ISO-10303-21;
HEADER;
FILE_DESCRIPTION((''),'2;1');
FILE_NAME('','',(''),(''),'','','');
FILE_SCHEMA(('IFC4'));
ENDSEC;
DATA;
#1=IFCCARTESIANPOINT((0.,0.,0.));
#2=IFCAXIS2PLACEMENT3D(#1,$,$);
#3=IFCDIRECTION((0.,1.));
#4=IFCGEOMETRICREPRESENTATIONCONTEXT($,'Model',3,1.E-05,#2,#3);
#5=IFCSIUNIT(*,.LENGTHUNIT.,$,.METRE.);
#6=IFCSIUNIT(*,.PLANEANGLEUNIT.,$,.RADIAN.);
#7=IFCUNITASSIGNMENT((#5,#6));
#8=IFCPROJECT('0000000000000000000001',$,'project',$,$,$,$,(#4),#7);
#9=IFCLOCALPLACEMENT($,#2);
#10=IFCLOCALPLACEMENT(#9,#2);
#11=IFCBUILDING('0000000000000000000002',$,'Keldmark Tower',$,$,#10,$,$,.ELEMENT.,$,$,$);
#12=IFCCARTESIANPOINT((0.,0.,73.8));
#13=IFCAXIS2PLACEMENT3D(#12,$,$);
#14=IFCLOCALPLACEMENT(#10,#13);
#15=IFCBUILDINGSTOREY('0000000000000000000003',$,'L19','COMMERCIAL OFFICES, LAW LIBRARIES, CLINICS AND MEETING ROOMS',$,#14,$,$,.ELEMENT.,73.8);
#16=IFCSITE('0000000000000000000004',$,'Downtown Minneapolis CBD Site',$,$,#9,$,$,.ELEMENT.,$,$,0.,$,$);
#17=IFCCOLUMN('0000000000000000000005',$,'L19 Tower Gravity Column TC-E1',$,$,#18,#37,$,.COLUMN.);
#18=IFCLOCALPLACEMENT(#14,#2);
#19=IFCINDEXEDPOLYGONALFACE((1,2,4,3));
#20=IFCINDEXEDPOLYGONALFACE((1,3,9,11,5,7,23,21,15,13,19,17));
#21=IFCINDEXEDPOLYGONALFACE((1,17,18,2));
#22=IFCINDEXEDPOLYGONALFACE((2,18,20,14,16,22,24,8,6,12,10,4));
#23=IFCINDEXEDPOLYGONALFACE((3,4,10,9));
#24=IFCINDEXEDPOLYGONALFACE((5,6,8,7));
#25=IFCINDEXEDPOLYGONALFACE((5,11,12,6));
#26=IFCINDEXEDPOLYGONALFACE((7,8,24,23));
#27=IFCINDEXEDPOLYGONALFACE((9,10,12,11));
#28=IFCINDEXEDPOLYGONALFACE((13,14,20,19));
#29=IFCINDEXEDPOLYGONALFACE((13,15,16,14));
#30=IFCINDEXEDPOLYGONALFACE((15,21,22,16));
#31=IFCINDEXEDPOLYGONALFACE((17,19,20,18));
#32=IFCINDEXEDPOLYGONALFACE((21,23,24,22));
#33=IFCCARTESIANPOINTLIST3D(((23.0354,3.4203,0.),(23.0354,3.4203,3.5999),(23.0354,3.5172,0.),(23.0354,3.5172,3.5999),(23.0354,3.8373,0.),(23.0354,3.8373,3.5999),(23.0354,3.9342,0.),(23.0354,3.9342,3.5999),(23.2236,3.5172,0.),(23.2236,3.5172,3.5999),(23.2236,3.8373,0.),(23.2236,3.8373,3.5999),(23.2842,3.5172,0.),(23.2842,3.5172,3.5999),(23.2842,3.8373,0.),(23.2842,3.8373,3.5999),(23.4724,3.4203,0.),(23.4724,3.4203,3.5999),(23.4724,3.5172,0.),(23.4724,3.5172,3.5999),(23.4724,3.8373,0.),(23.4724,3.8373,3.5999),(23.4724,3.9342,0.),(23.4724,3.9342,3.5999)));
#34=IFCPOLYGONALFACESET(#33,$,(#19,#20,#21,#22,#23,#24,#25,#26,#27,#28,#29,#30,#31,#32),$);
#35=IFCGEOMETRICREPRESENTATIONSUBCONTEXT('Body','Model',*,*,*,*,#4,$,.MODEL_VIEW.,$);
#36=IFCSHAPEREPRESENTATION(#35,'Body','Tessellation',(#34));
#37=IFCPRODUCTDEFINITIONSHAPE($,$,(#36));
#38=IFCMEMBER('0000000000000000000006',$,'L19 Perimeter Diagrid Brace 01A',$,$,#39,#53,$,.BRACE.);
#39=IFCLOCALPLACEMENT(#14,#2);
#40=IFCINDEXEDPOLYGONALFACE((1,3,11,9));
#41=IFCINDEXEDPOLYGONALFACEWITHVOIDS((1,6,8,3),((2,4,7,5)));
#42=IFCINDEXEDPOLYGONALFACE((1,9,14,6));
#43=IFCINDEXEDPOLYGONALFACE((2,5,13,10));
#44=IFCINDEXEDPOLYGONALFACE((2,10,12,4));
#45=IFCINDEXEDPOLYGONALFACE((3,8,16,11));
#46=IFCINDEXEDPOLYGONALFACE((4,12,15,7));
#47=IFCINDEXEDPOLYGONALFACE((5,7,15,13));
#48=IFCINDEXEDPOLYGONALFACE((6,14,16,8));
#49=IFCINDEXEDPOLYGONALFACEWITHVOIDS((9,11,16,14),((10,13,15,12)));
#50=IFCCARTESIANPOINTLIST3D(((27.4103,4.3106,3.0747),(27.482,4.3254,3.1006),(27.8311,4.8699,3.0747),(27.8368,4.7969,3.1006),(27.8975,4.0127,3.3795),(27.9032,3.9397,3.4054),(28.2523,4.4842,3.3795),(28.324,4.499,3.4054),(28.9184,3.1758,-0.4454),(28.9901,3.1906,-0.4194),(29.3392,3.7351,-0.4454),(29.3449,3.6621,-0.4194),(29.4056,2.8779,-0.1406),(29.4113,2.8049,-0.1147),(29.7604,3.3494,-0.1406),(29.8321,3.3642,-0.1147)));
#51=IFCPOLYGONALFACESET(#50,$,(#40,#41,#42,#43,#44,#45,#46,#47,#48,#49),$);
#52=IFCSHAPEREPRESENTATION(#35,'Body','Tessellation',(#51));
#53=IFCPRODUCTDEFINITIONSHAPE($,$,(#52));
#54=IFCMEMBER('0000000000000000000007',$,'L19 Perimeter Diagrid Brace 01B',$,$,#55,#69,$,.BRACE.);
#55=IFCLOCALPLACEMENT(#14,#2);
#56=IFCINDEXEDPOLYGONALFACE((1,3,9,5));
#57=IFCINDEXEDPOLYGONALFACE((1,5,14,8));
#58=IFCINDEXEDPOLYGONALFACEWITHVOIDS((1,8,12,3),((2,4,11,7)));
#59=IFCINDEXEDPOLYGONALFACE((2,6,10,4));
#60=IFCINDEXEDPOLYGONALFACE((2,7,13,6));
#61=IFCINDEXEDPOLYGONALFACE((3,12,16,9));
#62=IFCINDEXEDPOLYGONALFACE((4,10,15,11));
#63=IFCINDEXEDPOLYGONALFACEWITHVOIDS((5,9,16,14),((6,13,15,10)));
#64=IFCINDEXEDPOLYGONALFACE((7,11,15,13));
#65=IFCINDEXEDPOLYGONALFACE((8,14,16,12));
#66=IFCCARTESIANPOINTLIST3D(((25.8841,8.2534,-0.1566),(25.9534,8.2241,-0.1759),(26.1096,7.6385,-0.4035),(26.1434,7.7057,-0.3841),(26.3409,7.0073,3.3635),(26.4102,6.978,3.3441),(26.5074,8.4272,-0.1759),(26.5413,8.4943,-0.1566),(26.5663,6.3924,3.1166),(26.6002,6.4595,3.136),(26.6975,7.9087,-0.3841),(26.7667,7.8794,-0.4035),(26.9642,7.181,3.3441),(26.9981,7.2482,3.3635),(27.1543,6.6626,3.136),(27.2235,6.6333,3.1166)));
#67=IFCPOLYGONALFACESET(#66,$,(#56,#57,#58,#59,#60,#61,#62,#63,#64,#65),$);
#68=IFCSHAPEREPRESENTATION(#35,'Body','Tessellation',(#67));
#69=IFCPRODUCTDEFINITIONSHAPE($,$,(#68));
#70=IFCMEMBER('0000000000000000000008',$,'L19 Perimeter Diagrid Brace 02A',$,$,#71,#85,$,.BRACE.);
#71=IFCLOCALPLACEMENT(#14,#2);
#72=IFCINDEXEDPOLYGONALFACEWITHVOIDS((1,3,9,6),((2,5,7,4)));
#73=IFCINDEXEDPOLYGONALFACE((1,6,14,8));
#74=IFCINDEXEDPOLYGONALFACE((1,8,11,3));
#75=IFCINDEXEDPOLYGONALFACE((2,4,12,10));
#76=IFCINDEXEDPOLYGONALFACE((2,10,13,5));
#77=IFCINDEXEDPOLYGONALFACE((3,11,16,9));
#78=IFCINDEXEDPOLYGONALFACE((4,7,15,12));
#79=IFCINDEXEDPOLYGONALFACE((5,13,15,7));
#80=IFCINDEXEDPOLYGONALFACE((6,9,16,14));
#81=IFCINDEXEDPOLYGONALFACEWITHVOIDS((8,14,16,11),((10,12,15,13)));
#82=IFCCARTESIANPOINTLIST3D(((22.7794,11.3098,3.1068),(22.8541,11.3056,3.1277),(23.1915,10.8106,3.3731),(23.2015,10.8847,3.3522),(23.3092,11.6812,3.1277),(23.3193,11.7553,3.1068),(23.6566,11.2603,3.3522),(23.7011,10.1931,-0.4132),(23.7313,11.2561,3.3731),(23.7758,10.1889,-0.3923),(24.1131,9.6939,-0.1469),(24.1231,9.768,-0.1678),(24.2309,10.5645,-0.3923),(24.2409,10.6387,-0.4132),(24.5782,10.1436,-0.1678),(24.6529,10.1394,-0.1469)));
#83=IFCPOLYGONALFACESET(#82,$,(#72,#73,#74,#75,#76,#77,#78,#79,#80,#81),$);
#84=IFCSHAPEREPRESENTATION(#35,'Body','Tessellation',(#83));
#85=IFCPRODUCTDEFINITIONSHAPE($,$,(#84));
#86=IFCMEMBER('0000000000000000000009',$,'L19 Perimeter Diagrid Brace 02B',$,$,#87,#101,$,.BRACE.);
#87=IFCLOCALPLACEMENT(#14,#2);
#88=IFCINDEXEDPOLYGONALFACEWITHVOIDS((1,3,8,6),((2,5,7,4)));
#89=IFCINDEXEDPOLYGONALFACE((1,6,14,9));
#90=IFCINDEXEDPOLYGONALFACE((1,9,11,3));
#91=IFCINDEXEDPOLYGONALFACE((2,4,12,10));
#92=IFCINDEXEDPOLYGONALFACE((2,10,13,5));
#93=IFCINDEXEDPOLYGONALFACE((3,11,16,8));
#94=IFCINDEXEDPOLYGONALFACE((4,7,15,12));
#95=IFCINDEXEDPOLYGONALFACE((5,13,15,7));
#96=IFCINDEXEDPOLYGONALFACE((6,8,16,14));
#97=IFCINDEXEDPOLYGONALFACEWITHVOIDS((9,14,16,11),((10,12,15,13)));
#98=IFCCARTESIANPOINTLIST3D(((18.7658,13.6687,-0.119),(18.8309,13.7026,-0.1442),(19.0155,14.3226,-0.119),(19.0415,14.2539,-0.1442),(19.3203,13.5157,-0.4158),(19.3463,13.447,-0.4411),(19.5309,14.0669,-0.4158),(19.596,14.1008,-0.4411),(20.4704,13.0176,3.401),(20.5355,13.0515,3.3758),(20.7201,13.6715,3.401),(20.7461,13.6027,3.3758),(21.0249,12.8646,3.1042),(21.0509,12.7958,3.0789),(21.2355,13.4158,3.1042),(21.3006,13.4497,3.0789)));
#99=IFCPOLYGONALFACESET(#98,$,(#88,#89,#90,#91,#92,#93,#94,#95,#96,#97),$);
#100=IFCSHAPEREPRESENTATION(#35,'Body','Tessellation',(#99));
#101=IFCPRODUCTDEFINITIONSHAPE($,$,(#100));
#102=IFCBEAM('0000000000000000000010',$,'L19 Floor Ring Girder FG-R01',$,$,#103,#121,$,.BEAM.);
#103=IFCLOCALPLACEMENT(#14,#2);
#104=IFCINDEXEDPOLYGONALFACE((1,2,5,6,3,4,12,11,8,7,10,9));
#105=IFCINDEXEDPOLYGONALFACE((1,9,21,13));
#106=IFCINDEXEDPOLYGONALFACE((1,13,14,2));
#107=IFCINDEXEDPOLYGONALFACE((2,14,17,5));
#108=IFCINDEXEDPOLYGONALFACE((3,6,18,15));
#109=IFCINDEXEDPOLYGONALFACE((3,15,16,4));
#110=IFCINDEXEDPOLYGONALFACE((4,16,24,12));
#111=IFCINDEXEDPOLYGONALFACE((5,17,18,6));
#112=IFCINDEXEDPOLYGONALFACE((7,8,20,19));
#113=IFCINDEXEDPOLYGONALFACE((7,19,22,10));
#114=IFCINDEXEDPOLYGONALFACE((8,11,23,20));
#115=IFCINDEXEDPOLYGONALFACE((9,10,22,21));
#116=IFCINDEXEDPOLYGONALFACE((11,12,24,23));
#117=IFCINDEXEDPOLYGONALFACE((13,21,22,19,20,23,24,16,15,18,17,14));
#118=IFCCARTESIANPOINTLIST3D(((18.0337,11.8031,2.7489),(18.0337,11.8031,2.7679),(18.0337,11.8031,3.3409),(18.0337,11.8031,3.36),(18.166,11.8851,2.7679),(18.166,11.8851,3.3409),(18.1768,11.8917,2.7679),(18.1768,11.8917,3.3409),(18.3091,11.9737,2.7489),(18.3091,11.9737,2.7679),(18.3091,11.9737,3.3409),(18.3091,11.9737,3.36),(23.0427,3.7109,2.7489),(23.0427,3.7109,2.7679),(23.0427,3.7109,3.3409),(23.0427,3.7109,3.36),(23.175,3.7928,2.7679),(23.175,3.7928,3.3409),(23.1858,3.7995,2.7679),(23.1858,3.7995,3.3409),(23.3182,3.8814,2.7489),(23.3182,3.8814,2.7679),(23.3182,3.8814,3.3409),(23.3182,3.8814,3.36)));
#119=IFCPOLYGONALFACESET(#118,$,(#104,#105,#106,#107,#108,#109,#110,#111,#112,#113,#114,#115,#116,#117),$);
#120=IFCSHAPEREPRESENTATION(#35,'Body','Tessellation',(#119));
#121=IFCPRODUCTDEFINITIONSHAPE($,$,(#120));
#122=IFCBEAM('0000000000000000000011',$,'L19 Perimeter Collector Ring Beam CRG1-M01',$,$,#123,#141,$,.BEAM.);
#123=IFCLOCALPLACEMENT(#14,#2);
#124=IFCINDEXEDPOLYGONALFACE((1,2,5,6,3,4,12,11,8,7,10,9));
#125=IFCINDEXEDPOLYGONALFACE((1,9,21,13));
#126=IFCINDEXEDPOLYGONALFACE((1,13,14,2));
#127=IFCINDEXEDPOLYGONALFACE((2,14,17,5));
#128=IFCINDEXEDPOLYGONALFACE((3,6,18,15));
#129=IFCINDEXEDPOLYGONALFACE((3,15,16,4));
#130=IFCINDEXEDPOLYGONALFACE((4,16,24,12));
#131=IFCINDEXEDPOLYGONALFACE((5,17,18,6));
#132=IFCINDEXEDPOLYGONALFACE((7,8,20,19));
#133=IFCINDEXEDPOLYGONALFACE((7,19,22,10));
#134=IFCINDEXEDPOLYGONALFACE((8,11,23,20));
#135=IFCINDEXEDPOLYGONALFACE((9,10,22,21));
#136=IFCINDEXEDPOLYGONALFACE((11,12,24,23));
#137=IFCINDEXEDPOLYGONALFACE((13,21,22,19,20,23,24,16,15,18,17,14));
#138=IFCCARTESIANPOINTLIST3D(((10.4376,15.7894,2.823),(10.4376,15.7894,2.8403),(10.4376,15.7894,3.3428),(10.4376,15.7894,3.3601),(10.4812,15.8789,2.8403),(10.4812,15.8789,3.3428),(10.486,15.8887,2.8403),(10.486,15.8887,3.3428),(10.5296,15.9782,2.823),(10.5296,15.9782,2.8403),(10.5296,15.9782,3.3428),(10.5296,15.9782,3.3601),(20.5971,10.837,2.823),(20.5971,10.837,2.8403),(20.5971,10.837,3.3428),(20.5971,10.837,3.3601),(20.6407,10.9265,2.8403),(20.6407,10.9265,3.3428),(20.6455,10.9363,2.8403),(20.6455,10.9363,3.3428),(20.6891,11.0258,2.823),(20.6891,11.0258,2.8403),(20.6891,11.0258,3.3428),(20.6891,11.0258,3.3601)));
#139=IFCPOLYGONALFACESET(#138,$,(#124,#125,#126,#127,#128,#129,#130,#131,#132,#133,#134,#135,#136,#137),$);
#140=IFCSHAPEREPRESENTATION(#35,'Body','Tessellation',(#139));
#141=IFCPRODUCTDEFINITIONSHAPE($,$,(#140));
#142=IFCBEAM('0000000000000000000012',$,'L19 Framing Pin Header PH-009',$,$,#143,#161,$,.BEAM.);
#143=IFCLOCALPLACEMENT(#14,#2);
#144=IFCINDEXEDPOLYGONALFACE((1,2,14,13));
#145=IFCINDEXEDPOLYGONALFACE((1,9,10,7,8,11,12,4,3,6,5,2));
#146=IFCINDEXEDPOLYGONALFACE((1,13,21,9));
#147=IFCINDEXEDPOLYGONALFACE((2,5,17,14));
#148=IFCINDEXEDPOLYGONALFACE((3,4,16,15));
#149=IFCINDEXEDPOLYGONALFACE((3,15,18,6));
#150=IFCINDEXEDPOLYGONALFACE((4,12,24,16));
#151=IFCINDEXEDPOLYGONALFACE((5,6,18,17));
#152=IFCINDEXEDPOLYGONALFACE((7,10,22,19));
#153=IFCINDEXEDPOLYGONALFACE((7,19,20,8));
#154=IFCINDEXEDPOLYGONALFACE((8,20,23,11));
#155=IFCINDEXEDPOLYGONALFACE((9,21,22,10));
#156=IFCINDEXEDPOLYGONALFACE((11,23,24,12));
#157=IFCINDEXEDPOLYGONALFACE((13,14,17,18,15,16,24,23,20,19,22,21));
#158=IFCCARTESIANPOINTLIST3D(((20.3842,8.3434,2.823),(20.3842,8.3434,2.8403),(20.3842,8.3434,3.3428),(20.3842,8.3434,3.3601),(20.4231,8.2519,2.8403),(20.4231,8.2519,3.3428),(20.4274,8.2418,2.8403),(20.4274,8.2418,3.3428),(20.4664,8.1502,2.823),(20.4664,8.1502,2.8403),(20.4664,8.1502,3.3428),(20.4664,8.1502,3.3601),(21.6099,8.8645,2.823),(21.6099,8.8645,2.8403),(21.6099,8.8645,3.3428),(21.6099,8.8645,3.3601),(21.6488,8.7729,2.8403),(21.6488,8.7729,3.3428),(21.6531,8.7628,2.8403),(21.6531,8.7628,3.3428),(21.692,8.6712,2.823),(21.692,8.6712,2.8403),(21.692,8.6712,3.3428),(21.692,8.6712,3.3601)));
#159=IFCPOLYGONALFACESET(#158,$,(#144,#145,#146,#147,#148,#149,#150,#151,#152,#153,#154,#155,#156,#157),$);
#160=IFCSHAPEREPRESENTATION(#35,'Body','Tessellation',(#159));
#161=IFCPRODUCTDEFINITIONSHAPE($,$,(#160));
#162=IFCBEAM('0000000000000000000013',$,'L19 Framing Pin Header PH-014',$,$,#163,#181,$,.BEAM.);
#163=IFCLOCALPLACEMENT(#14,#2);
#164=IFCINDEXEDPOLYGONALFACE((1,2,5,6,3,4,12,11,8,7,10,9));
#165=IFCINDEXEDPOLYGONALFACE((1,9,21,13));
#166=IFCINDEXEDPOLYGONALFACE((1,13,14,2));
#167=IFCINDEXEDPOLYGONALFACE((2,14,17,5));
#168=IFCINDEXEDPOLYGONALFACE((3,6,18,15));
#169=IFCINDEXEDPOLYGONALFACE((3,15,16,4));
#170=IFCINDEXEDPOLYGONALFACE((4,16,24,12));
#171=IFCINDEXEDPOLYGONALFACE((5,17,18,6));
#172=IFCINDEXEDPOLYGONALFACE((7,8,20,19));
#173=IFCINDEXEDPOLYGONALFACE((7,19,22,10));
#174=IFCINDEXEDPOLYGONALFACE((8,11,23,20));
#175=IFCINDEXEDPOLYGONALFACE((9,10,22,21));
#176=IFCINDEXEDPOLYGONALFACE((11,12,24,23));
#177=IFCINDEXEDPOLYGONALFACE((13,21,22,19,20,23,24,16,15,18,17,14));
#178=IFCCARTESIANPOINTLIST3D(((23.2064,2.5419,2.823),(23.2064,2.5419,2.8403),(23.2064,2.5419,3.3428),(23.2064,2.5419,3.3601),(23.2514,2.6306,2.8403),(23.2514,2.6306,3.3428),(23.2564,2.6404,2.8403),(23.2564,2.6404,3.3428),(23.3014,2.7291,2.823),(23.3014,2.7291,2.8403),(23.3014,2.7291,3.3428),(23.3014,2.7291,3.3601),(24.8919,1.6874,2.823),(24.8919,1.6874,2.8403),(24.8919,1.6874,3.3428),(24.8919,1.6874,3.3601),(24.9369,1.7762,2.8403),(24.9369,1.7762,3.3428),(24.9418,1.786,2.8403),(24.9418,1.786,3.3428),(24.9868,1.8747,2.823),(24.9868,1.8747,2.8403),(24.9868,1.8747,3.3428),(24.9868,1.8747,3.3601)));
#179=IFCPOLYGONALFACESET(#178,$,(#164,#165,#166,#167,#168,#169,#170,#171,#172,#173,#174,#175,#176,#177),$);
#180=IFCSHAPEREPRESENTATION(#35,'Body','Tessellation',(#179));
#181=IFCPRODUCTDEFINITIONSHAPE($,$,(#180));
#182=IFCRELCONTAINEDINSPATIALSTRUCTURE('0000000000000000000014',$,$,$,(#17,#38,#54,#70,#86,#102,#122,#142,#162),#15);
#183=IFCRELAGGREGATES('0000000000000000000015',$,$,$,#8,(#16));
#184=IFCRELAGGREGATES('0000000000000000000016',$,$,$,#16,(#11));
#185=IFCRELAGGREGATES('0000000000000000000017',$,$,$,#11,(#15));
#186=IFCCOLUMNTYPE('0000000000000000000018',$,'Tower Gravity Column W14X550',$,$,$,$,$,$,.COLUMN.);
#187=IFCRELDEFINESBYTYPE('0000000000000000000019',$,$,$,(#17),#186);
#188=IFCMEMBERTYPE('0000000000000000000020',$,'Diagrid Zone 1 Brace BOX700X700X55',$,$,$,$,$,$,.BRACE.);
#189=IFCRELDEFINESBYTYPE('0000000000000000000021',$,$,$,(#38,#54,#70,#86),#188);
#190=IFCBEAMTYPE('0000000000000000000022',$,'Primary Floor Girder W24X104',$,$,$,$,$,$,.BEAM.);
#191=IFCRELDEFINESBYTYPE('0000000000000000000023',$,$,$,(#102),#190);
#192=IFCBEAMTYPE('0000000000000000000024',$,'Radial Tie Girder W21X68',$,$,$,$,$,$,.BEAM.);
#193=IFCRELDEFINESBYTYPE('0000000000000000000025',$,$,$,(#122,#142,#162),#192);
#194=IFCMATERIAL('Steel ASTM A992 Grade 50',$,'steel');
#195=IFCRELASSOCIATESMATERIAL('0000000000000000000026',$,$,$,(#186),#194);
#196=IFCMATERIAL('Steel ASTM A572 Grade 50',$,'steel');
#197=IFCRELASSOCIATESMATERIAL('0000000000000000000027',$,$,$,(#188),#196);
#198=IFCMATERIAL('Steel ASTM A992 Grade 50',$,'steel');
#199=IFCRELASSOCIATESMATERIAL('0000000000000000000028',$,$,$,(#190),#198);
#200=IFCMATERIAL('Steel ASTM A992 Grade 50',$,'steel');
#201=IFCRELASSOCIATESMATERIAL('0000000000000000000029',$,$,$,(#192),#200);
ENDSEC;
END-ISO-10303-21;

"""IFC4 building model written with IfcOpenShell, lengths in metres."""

from ifc_helpers import new_model, si_unit, direction, frame, origin, origin_2d, place, context, subcontext, project, spatial, hollow_rectangle, i_section, extrude, material, material_profile, profile_set, type_object, element, save


model = new_model("IFC4")

# Units and contexts
model_context = context("Model", 3, precision=1e-05, world=origin(), true_north=direction((0.0, 1.0)))
body_context = subcontext(model_context, "Body", "Model", "MODEL_VIEW")
ifc_project = project(units=[si_unit("LENGTHUNIT", "METRE"), si_unit("PLANEANGLEUNIT", "RADIAN")], contexts=[model_context])

# Site, building, storey
site_placement = place(None, origin())
site = spatial("IfcSite", under=ifc_project, at=site_placement, Name="Downtown Minneapolis CBD Site", CompositionType="ELEMENT", RefElevation=0.0)
building_placement = place(site_placement, origin())
building = spatial("IfcBuilding", under=site, at=building_placement, Name="Keldmark Tower", CompositionType="ELEMENT")
storey_placement = place(building_placement, frame((0.0, 0.0, 73.8)))
storey = spatial("IfcBuildingStorey", under=building, at=storey_placement, Name="L19", Description="COMMERCIAL OFFICES, LAW LIBRARIES, CLINICS AND MEETING ROOMS", CompositionType="ELEMENT", Elevation=73.8)

# Column
ifc_material_1 = material(Name="Steel ASTM A992 Grade 50", Category="steel")
ifc_material_profile_1 = material_profile(ifc_material_1, i_section(OverallWidth=0.437, OverallDepth=0.5139, WebThickness=0.0605, FlangeThickness=0.0969, at=origin_2d()), Name="W14X550")
ifc_profile_set_1 = profile_set([ifc_material_profile_1], Name="Steel ASTM A992 Grade 50")
column_type = type_object("IfcColumnType", Name="Tower Gravity Column W14X550", PredefinedType="COLUMN", material=ifc_profile_set_1)
column_placement = place(storey_placement, frame((23.2539, 3.6772, 0.0), z_axis=(0.0, 0.0, 1.0), x_axis=(1.0, 0.0, 0.0)))
element("IfcColumn", 1, at=column_placement, inside=storey, type_object=column_type, Name="L19 Tower Gravity Column TC-E1", PredefinedType="COLUMN", context=body_context, shape_type="SweptSolid", body=[
    extrude(i_section(OverallWidth=0.437, OverallDepth=0.5139, WebThickness=0.0605, FlangeThickness=0.0969, at=origin_2d()), origin(), (0.0, 0.0, 1.0), 3.5999),
])

# Members
ifc_material_2 = material(Name="Steel ASTM A572 Grade 50", Category="steel")
ifc_material_profile_2 = material_profile(ifc_material_2, hollow_rectangle(XDim=0.7, YDim=0.7, WallThickness=0.0549, at=origin_2d()), Name="BOX700X700X55")
ifc_profile_set_2 = profile_set([ifc_material_profile_2], Name="Steel ASTM A572 Grade 50")
member_type = type_object("IfcMemberType", Name="Diagrid Zone 1 Brace BOX700X700X55", PredefinedType="BRACE", material=ifc_profile_set_2)
member_1_placement = place(storey_placement, frame((29.3752, 3.27, -0.28), z_axis=(-0.377575, 0.284114, 0.881315), x_axis=(-0.601262, -0.799052, 0.0)))
element("IfcMember", 2, at=member_1_placement, inside=storey, type_object=member_type, Name="L19 Perimeter Diagrid Brace 01A", PredefinedType="BRACE", context=body_context, shape_type="SweptSolid", body=[
    extrude(hollow_rectangle(XDim=0.7, YDim=0.7, WallThickness=0.0549, at=origin_2d()), origin(), (0.0, 0.0, 1.0), 3.9941),
])
member_2_placement = place(storey_placement, frame((26.3254, 8.0664, -0.28), z_axis=(0.121424, -0.33124, 0.935701), x_axis=(0.938904, 0.344179, 0.0)))
element("IfcMember", 3, at=member_2_placement, inside=storey, type_object=member_type, Name="L19 Perimeter Diagrid Brace 01B", PredefinedType="BRACE", context=body_context, shape_type="SweptSolid", body=[
    extrude(hollow_rectangle(XDim=0.7, YDim=0.7, WallThickness=0.0549, at=origin_2d()), origin(), (0.0, 0.0, 1.0), 3.762),
])
member_3_placement = place(storey_placement, frame((24.177, 10.1663, -0.28), z_axis=(-0.242141, 0.293392, 0.924818), x_axis=(-0.771253, -0.636528, 0.0)))
element("IfcMember", 4, at=member_3_placement, inside=storey, type_object=member_type, Name="L19 Perimeter Diagrid Brace 02A", PredefinedType="BRACE", context=body_context, shape_type="SweptSolid", body=[
    extrude(hollow_rectangle(XDim=0.7, YDim=0.7, WallThickness=0.0549, at=origin_2d()), origin(), (0.0, 0.0, 1.0), 3.8062),
])
member_4_placement = place(storey_placement, frame((19.1809, 13.8848, -0.28), z_axis=(0.429924, -0.164223, 0.887804), x_axis=(0.356835, 0.934167, 0.0)))
element("IfcMember", 5, at=member_4_placement, inside=storey, type_object=member_type, Name="L19 Perimeter Diagrid Brace 02B", PredefinedType="BRACE", context=body_context, shape_type="SweptSolid", body=[
    extrude(hollow_rectangle(XDim=0.7, YDim=0.7, WallThickness=0.0549, at=origin_2d()), origin(), (0.0, 0.0, 1.0), 3.9648),
])

# Beams
ifc_material_3 = material(Name="Steel ASTM A992 Grade 50", Category="steel")
ifc_material_profile_3 = material_profile(ifc_material_3, i_section(OverallWidth=0.324, OverallDepth=0.6111, WebThickness=0.0127, FlangeThickness=0.019, at=origin_2d()), Name="W24X104")
ifc_profile_set_3 = profile_set([ifc_material_profile_3], Name="Steel ASTM A992 Grade 50")
beam_type_1 = type_object("IfcBeamType", Name="Primary Floor Girder W24X104", PredefinedType="BEAM", material=ifc_profile_set_3)
beam_1_placement = place(storey_placement, frame((23.1804, 3.7961, 3.0544), z_axis=(-0.526318, 0.850288, 0.0), x_axis=(-0.850288, -0.526318, 0.0)))
element("IfcBeam", 6, at=beam_1_placement, inside=storey, type_object=beam_type_1, Name="L19 Floor Ring Girder FG-R01", PredefinedType="BEAM", context=body_context, shape_type="SweptSolid", body=[
    extrude(i_section(OverallWidth=0.324, OverallDepth=0.6111, WebThickness=0.0127, FlangeThickness=0.019, at=origin_2d()), origin(), (0.0, 0.0, 1.0), 9.5171),
])
ifc_material_4 = material(Name="Steel ASTM A992 Grade 50", Category="steel")
ifc_material_profile_4 = material_profile(ifc_material_4, i_section(OverallWidth=0.21, OverallDepth=0.5371, WebThickness=0.011, FlangeThickness=0.0173, at=origin_2d()), Name="W21X68")
ifc_profile_set_4 = profile_set([ifc_material_profile_4], Name="Steel ASTM A992 Grade 50")
beam_type_2 = type_object("IfcBeamType", Name="Radial Tie Girder W21X68", PredefinedType="BEAM", material=ifc_profile_set_4)
beam_2_placement = place(storey_placement, frame((20.6431, 10.9314, 3.0916), z_axis=(-0.898888, 0.438179, 0.0), x_axis=(-0.438179, -0.898888, 0.0)))
element("IfcBeam", 7, at=beam_2_placement, inside=storey, type_object=beam_type_2, Name="L19 Perimeter Collector Ring Beam CRG1-M01", PredefinedType="BEAM", context=body_context, shape_type="SweptSolid", body=[
    extrude(i_section(OverallWidth=0.21, OverallDepth=0.5371, WebThickness=0.011, FlangeThickness=0.0173, at=origin_2d()), origin(), (0.0, 0.0, 1.0), 11.3022),
])
beam_3_placement = place(storey_placement, frame((20.4253, 8.2468, 3.0916), z_axis=(0.920298, 0.391218, 0.0), x_axis=(-0.391218, 0.920298, 0.0)))
element("IfcBeam", 8, at=beam_3_placement, inside=storey, type_object=beam_type_2, Name="L19 Framing Pin Header PH-009", PredefinedType="BEAM", context=body_context, shape_type="SweptSolid", body=[
    extrude(i_section(OverallWidth=0.21, OverallDepth=0.5371, WebThickness=0.011, FlangeThickness=0.0173, at=origin_2d()), origin(), (0.0, 0.0, 1.0), 1.3318),
])
beam_4_placement = place(storey_placement, frame((23.2539, 2.6355, 3.0916), z_axis=(0.891933, -0.452168, 0.0), x_axis=(0.452168, 0.891933, 0.0)))
element("IfcBeam", 9, at=beam_4_placement, inside=storey, type_object=beam_type_2, Name="L19 Framing Pin Header PH-014", PredefinedType="BEAM", context=body_context, shape_type="SweptSolid", body=[
    extrude(i_section(OverallWidth=0.21, OverallDepth=0.5371, WebThickness=0.011, FlangeThickness=0.0173, at=origin_2d()), origin(), (0.0, 0.0, 1.0), 1.8896),
])

save(model, "model.ifc")
